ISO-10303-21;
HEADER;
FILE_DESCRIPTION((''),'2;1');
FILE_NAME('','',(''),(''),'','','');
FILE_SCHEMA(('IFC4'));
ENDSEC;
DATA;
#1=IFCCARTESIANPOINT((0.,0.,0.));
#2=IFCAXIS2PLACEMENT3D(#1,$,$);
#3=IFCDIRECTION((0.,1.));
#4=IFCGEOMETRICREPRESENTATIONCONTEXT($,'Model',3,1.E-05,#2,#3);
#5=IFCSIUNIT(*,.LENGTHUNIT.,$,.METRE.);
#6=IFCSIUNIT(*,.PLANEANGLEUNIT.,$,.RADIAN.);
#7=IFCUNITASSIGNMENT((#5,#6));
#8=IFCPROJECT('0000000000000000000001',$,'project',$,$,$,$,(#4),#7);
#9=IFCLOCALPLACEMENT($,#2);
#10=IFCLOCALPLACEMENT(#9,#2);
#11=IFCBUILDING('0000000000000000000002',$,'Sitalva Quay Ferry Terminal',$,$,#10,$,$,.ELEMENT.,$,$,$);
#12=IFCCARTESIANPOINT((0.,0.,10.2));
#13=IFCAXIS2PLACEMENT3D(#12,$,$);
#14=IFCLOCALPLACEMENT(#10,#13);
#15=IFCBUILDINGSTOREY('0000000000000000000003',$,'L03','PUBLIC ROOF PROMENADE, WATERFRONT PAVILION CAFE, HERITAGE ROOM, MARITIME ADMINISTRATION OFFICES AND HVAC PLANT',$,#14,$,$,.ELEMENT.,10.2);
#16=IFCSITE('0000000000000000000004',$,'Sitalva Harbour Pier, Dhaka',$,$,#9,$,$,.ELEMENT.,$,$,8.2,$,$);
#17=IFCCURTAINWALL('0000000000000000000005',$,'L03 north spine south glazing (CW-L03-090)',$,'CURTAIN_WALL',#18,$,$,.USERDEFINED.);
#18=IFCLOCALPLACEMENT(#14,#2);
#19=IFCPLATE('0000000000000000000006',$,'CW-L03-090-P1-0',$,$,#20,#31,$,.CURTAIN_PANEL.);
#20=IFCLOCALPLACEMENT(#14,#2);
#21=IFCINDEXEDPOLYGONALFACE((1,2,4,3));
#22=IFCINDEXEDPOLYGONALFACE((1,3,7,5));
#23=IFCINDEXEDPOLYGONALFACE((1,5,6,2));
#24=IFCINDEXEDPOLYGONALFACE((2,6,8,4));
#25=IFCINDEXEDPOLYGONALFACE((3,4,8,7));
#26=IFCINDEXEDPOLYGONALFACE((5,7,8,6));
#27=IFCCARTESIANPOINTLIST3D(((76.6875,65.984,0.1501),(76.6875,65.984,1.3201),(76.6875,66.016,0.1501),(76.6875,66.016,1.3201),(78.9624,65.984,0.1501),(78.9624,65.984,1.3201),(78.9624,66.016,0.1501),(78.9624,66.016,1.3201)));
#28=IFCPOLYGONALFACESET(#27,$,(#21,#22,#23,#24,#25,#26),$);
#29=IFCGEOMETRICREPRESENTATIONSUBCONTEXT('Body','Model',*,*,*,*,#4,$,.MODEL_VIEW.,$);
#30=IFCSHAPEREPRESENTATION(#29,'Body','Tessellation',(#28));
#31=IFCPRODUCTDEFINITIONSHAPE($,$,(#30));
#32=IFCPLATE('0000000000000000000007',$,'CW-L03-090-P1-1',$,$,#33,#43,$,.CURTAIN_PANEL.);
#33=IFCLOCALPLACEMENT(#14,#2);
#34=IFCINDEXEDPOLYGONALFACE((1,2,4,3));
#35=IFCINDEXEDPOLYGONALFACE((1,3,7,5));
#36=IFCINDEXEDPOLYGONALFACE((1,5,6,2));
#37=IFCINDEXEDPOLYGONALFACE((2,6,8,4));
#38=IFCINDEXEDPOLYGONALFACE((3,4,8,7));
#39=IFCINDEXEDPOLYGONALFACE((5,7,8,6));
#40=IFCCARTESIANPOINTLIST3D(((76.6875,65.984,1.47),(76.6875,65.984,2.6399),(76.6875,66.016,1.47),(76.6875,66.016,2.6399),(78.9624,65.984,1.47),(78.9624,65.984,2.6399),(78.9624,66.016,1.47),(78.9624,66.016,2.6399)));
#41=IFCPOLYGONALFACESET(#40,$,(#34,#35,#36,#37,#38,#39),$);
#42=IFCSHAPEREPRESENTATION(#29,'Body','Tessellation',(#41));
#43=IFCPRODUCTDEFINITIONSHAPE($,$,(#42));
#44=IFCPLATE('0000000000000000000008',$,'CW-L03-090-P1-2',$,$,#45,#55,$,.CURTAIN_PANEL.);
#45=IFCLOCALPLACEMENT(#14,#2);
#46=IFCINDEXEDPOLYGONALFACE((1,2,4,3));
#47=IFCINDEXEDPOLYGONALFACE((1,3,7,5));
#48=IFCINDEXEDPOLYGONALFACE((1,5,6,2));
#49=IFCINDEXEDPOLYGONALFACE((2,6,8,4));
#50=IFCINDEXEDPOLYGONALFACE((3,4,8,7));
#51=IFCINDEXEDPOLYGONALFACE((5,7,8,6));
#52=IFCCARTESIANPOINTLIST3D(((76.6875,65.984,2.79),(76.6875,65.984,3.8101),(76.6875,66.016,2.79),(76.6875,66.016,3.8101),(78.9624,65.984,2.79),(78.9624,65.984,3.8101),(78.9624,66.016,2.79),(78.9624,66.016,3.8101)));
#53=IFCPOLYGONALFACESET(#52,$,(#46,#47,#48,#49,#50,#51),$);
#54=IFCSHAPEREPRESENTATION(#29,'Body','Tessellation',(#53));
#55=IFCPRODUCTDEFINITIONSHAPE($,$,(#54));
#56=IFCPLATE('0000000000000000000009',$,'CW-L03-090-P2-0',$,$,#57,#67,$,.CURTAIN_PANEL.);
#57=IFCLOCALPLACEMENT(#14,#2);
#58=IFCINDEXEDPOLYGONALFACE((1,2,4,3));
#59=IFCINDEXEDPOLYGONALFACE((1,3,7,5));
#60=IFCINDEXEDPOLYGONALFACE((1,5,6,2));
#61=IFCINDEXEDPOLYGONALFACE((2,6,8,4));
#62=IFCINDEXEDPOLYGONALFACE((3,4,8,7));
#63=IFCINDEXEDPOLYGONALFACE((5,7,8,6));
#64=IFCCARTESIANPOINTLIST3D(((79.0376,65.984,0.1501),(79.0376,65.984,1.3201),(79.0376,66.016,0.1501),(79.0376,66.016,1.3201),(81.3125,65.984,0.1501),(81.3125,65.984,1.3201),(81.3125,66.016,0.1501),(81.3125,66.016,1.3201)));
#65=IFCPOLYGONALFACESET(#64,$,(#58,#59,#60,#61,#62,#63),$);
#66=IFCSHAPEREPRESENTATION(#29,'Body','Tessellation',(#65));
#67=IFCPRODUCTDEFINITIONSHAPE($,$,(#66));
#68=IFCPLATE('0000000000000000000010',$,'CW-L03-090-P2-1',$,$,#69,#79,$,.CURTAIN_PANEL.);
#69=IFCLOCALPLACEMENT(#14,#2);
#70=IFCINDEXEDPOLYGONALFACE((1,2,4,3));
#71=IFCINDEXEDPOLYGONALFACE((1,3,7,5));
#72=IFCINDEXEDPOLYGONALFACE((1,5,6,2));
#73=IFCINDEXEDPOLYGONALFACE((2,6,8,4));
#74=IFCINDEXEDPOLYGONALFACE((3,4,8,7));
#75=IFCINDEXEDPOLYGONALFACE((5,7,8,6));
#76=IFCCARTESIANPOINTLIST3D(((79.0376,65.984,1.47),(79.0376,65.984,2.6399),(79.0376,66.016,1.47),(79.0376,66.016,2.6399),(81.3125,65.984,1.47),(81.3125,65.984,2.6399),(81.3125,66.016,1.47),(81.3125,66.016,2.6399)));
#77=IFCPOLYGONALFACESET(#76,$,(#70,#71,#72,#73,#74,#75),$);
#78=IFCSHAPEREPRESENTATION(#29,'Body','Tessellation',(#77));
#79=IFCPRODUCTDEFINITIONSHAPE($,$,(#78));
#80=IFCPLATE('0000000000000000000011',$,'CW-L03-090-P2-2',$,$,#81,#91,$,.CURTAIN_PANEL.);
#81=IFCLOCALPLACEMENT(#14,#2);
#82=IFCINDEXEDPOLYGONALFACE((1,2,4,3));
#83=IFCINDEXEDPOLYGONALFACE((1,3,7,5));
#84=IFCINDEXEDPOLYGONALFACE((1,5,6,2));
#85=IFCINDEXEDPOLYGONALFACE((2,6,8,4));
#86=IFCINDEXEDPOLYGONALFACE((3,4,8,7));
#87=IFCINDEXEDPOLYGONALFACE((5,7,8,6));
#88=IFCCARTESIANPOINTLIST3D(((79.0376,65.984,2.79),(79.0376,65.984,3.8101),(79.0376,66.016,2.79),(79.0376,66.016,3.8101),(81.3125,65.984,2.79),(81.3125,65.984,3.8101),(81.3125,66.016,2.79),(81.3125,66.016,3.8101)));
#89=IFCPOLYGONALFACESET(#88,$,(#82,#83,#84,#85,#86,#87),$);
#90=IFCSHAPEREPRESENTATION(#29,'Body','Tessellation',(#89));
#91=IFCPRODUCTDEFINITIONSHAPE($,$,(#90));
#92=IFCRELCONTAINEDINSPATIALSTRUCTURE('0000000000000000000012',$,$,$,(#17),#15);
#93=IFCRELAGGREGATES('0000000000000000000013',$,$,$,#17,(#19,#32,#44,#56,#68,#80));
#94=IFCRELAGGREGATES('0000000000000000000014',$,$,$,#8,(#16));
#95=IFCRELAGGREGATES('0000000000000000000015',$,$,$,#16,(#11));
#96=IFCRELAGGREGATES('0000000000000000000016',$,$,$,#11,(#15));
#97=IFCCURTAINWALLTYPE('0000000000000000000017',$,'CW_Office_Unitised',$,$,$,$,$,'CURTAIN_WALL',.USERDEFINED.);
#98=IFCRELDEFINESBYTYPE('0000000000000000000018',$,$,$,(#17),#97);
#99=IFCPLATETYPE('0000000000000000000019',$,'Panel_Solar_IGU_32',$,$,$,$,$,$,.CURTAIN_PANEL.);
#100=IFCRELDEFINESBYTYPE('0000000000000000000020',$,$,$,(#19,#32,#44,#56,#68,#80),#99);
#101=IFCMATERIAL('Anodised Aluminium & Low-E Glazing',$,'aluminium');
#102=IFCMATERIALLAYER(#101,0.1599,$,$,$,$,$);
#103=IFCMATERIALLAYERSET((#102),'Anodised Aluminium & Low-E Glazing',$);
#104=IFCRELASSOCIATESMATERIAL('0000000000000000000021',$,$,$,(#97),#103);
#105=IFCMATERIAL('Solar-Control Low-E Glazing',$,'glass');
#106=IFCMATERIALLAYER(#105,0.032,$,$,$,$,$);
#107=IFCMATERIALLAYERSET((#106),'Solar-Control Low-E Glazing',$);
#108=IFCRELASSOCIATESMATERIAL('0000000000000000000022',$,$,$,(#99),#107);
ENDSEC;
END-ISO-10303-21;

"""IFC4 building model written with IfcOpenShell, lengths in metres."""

from ifc_helpers import new_model, si_unit, direction, frame, origin, origin_2d, place, context, subcontext, project, spatial, rectangle, extrude, material, layer, layer_set, type_object, element, aggregate, save


model = new_model("IFC4")

# Units and contexts
model_context = context("Model", 3, precision=1e-05, world=origin(), true_north=direction((0.0, 1.0)))
body_context = subcontext(model_context, "Body", "Model", "MODEL_VIEW")
ifc_project = project(units=[si_unit("LENGTHUNIT", "METRE"), si_unit("PLANEANGLEUNIT", "RADIAN")], contexts=[model_context])

# Site, building, storey
site_placement = place(None, origin())
site = spatial("IfcSite", under=ifc_project, at=site_placement, Name="Sitalva Harbour Pier, Dhaka", CompositionType="ELEMENT", RefElevation=8.2)
building_placement = place(site_placement, origin())
building = spatial("IfcBuilding", under=site, at=building_placement, Name="Sitalva Quay Ferry Terminal", CompositionType="ELEMENT")
storey_placement = place(building_placement, frame((0.0, 0.0, 10.2)))
storey = spatial("IfcBuildingStorey", under=building, at=storey_placement, Name="L03", Description="PUBLIC ROOF PROMENADE, WATERFRONT PAVILION CAFE, HERITAGE ROOM, MARITIME ADMINISTRATION OFFICES AND HVAC PLANT", CompositionType="ELEMENT", Elevation=10.2)

# Curtain wall, plates
ifc_material_1 = material(Name="Anodised Aluminium & Low-E Glazing", Category="aluminium")
ifc_layer_1 = layer(ifc_material_1, 0.1599)
ifc_layer_set_1 = layer_set([ifc_layer_1], Name="Anodised Aluminium & Low-E Glazing")
curtain_wall_type = type_object("IfcCurtainWallType", Name="CW_Office_Unitised", ElementType="CURTAIN_WALL", PredefinedType="USERDEFINED", material=ifc_layer_set_1)
curtain_wall_placement = place(storey_placement, origin())
curtain_wall = element("IfcCurtainWall", 1, at=curtain_wall_placement, inside=storey, type_object=curtain_wall_type, Name="L03 north spine south glazing (CW-L03-090)", ObjectType="CURTAIN_WALL", PredefinedType="USERDEFINED")
ifc_material_2 = material(Name="Solar-Control Low-E Glazing", Category="glass")
ifc_layer_2 = layer(ifc_material_2, 0.032)
ifc_layer_set_2 = layer_set([ifc_layer_2], Name="Solar-Control Low-E Glazing")
plate_type = type_object("IfcPlateType", Name="Panel_Solar_IGU_32", PredefinedType="CURTAIN_PANEL", material=ifc_layer_set_2)
plate_1_placement = place(storey_placement, frame((77.825, 66.0, 0.1501), z_axis=(0.0, 0.0, 1.0), x_axis=(1.0, 0.0, 0.0)))
plate_1 = element("IfcPlate", 2, at=plate_1_placement, type_object=plate_type, Name="CW-L03-090-P1-0", PredefinedType="CURTAIN_PANEL", context=body_context, shape_type="SweptSolid", body=[
    extrude(rectangle(XDim=2.2749, YDim=0.032, at=origin_2d()), origin(), (0.0, 0.0, 1.0), 1.1699),
])
plate_2_placement = place(storey_placement, frame((77.825, 66.0, 1.47), z_axis=(0.0, 0.0, 1.0), x_axis=(1.0, 0.0, 0.0)))
plate_2 = element("IfcPlate", 3, at=plate_2_placement, type_object=plate_type, Name="CW-L03-090-P1-1", PredefinedType="CURTAIN_PANEL", context=body_context, shape_type="SweptSolid", body=[
    extrude(rectangle(XDim=2.2749, YDim=0.032, at=origin_2d()), origin(), (0.0, 0.0, 1.0), 1.1699),
])
plate_3_placement = place(storey_placement, frame((77.825, 66.0, 2.79), z_axis=(0.0, 0.0, 1.0), x_axis=(1.0, 0.0, 0.0)))
plate_3 = element("IfcPlate", 4, at=plate_3_placement, type_object=plate_type, Name="CW-L03-090-P1-2", PredefinedType="CURTAIN_PANEL", context=body_context, shape_type="SweptSolid", body=[
    extrude(rectangle(XDim=2.2749, YDim=0.032, at=origin_2d()), origin(), (0.0, 0.0, 1.0), 1.02),
])
plate_4_placement = place(storey_placement, frame((80.175, 66.0, 0.1501), z_axis=(0.0, 0.0, 1.0), x_axis=(1.0, 0.0, 0.0)))
plate_4 = element("IfcPlate", 5, at=plate_4_placement, type_object=plate_type, Name="CW-L03-090-P2-0", PredefinedType="CURTAIN_PANEL", context=body_context, shape_type="SweptSolid", body=[
    extrude(rectangle(XDim=2.2749, YDim=0.032, at=origin_2d()), origin(), (0.0, 0.0, 1.0), 1.1699),
])
plate_5_placement = place(storey_placement, frame((80.175, 66.0, 1.47), z_axis=(0.0, 0.0, 1.0), x_axis=(1.0, 0.0, 0.0)))
plate_5 = element("IfcPlate", 6, at=plate_5_placement, type_object=plate_type, Name="CW-L03-090-P2-1", PredefinedType="CURTAIN_PANEL", context=body_context, shape_type="SweptSolid", body=[
    extrude(rectangle(XDim=2.2749, YDim=0.032, at=origin_2d()), origin(), (0.0, 0.0, 1.0), 1.1699),
])
plate_6_placement = place(storey_placement, frame((80.175, 66.0, 2.79), z_axis=(0.0, 0.0, 1.0), x_axis=(1.0, 0.0, 0.0)))
plate_6 = element("IfcPlate", 7, at=plate_6_placement, type_object=plate_type, Name="CW-L03-090-P2-2", PredefinedType="CURTAIN_PANEL", context=body_context, shape_type="SweptSolid", body=[
    extrude(rectangle(XDim=2.2749, YDim=0.032, at=origin_2d()), origin(), (0.0, 0.0, 1.0), 1.02),
])
aggregate(curtain_wall, [plate_1, plate_2, plate_3, plate_4, plate_5, plate_6])

save(model, "model.ifc")
